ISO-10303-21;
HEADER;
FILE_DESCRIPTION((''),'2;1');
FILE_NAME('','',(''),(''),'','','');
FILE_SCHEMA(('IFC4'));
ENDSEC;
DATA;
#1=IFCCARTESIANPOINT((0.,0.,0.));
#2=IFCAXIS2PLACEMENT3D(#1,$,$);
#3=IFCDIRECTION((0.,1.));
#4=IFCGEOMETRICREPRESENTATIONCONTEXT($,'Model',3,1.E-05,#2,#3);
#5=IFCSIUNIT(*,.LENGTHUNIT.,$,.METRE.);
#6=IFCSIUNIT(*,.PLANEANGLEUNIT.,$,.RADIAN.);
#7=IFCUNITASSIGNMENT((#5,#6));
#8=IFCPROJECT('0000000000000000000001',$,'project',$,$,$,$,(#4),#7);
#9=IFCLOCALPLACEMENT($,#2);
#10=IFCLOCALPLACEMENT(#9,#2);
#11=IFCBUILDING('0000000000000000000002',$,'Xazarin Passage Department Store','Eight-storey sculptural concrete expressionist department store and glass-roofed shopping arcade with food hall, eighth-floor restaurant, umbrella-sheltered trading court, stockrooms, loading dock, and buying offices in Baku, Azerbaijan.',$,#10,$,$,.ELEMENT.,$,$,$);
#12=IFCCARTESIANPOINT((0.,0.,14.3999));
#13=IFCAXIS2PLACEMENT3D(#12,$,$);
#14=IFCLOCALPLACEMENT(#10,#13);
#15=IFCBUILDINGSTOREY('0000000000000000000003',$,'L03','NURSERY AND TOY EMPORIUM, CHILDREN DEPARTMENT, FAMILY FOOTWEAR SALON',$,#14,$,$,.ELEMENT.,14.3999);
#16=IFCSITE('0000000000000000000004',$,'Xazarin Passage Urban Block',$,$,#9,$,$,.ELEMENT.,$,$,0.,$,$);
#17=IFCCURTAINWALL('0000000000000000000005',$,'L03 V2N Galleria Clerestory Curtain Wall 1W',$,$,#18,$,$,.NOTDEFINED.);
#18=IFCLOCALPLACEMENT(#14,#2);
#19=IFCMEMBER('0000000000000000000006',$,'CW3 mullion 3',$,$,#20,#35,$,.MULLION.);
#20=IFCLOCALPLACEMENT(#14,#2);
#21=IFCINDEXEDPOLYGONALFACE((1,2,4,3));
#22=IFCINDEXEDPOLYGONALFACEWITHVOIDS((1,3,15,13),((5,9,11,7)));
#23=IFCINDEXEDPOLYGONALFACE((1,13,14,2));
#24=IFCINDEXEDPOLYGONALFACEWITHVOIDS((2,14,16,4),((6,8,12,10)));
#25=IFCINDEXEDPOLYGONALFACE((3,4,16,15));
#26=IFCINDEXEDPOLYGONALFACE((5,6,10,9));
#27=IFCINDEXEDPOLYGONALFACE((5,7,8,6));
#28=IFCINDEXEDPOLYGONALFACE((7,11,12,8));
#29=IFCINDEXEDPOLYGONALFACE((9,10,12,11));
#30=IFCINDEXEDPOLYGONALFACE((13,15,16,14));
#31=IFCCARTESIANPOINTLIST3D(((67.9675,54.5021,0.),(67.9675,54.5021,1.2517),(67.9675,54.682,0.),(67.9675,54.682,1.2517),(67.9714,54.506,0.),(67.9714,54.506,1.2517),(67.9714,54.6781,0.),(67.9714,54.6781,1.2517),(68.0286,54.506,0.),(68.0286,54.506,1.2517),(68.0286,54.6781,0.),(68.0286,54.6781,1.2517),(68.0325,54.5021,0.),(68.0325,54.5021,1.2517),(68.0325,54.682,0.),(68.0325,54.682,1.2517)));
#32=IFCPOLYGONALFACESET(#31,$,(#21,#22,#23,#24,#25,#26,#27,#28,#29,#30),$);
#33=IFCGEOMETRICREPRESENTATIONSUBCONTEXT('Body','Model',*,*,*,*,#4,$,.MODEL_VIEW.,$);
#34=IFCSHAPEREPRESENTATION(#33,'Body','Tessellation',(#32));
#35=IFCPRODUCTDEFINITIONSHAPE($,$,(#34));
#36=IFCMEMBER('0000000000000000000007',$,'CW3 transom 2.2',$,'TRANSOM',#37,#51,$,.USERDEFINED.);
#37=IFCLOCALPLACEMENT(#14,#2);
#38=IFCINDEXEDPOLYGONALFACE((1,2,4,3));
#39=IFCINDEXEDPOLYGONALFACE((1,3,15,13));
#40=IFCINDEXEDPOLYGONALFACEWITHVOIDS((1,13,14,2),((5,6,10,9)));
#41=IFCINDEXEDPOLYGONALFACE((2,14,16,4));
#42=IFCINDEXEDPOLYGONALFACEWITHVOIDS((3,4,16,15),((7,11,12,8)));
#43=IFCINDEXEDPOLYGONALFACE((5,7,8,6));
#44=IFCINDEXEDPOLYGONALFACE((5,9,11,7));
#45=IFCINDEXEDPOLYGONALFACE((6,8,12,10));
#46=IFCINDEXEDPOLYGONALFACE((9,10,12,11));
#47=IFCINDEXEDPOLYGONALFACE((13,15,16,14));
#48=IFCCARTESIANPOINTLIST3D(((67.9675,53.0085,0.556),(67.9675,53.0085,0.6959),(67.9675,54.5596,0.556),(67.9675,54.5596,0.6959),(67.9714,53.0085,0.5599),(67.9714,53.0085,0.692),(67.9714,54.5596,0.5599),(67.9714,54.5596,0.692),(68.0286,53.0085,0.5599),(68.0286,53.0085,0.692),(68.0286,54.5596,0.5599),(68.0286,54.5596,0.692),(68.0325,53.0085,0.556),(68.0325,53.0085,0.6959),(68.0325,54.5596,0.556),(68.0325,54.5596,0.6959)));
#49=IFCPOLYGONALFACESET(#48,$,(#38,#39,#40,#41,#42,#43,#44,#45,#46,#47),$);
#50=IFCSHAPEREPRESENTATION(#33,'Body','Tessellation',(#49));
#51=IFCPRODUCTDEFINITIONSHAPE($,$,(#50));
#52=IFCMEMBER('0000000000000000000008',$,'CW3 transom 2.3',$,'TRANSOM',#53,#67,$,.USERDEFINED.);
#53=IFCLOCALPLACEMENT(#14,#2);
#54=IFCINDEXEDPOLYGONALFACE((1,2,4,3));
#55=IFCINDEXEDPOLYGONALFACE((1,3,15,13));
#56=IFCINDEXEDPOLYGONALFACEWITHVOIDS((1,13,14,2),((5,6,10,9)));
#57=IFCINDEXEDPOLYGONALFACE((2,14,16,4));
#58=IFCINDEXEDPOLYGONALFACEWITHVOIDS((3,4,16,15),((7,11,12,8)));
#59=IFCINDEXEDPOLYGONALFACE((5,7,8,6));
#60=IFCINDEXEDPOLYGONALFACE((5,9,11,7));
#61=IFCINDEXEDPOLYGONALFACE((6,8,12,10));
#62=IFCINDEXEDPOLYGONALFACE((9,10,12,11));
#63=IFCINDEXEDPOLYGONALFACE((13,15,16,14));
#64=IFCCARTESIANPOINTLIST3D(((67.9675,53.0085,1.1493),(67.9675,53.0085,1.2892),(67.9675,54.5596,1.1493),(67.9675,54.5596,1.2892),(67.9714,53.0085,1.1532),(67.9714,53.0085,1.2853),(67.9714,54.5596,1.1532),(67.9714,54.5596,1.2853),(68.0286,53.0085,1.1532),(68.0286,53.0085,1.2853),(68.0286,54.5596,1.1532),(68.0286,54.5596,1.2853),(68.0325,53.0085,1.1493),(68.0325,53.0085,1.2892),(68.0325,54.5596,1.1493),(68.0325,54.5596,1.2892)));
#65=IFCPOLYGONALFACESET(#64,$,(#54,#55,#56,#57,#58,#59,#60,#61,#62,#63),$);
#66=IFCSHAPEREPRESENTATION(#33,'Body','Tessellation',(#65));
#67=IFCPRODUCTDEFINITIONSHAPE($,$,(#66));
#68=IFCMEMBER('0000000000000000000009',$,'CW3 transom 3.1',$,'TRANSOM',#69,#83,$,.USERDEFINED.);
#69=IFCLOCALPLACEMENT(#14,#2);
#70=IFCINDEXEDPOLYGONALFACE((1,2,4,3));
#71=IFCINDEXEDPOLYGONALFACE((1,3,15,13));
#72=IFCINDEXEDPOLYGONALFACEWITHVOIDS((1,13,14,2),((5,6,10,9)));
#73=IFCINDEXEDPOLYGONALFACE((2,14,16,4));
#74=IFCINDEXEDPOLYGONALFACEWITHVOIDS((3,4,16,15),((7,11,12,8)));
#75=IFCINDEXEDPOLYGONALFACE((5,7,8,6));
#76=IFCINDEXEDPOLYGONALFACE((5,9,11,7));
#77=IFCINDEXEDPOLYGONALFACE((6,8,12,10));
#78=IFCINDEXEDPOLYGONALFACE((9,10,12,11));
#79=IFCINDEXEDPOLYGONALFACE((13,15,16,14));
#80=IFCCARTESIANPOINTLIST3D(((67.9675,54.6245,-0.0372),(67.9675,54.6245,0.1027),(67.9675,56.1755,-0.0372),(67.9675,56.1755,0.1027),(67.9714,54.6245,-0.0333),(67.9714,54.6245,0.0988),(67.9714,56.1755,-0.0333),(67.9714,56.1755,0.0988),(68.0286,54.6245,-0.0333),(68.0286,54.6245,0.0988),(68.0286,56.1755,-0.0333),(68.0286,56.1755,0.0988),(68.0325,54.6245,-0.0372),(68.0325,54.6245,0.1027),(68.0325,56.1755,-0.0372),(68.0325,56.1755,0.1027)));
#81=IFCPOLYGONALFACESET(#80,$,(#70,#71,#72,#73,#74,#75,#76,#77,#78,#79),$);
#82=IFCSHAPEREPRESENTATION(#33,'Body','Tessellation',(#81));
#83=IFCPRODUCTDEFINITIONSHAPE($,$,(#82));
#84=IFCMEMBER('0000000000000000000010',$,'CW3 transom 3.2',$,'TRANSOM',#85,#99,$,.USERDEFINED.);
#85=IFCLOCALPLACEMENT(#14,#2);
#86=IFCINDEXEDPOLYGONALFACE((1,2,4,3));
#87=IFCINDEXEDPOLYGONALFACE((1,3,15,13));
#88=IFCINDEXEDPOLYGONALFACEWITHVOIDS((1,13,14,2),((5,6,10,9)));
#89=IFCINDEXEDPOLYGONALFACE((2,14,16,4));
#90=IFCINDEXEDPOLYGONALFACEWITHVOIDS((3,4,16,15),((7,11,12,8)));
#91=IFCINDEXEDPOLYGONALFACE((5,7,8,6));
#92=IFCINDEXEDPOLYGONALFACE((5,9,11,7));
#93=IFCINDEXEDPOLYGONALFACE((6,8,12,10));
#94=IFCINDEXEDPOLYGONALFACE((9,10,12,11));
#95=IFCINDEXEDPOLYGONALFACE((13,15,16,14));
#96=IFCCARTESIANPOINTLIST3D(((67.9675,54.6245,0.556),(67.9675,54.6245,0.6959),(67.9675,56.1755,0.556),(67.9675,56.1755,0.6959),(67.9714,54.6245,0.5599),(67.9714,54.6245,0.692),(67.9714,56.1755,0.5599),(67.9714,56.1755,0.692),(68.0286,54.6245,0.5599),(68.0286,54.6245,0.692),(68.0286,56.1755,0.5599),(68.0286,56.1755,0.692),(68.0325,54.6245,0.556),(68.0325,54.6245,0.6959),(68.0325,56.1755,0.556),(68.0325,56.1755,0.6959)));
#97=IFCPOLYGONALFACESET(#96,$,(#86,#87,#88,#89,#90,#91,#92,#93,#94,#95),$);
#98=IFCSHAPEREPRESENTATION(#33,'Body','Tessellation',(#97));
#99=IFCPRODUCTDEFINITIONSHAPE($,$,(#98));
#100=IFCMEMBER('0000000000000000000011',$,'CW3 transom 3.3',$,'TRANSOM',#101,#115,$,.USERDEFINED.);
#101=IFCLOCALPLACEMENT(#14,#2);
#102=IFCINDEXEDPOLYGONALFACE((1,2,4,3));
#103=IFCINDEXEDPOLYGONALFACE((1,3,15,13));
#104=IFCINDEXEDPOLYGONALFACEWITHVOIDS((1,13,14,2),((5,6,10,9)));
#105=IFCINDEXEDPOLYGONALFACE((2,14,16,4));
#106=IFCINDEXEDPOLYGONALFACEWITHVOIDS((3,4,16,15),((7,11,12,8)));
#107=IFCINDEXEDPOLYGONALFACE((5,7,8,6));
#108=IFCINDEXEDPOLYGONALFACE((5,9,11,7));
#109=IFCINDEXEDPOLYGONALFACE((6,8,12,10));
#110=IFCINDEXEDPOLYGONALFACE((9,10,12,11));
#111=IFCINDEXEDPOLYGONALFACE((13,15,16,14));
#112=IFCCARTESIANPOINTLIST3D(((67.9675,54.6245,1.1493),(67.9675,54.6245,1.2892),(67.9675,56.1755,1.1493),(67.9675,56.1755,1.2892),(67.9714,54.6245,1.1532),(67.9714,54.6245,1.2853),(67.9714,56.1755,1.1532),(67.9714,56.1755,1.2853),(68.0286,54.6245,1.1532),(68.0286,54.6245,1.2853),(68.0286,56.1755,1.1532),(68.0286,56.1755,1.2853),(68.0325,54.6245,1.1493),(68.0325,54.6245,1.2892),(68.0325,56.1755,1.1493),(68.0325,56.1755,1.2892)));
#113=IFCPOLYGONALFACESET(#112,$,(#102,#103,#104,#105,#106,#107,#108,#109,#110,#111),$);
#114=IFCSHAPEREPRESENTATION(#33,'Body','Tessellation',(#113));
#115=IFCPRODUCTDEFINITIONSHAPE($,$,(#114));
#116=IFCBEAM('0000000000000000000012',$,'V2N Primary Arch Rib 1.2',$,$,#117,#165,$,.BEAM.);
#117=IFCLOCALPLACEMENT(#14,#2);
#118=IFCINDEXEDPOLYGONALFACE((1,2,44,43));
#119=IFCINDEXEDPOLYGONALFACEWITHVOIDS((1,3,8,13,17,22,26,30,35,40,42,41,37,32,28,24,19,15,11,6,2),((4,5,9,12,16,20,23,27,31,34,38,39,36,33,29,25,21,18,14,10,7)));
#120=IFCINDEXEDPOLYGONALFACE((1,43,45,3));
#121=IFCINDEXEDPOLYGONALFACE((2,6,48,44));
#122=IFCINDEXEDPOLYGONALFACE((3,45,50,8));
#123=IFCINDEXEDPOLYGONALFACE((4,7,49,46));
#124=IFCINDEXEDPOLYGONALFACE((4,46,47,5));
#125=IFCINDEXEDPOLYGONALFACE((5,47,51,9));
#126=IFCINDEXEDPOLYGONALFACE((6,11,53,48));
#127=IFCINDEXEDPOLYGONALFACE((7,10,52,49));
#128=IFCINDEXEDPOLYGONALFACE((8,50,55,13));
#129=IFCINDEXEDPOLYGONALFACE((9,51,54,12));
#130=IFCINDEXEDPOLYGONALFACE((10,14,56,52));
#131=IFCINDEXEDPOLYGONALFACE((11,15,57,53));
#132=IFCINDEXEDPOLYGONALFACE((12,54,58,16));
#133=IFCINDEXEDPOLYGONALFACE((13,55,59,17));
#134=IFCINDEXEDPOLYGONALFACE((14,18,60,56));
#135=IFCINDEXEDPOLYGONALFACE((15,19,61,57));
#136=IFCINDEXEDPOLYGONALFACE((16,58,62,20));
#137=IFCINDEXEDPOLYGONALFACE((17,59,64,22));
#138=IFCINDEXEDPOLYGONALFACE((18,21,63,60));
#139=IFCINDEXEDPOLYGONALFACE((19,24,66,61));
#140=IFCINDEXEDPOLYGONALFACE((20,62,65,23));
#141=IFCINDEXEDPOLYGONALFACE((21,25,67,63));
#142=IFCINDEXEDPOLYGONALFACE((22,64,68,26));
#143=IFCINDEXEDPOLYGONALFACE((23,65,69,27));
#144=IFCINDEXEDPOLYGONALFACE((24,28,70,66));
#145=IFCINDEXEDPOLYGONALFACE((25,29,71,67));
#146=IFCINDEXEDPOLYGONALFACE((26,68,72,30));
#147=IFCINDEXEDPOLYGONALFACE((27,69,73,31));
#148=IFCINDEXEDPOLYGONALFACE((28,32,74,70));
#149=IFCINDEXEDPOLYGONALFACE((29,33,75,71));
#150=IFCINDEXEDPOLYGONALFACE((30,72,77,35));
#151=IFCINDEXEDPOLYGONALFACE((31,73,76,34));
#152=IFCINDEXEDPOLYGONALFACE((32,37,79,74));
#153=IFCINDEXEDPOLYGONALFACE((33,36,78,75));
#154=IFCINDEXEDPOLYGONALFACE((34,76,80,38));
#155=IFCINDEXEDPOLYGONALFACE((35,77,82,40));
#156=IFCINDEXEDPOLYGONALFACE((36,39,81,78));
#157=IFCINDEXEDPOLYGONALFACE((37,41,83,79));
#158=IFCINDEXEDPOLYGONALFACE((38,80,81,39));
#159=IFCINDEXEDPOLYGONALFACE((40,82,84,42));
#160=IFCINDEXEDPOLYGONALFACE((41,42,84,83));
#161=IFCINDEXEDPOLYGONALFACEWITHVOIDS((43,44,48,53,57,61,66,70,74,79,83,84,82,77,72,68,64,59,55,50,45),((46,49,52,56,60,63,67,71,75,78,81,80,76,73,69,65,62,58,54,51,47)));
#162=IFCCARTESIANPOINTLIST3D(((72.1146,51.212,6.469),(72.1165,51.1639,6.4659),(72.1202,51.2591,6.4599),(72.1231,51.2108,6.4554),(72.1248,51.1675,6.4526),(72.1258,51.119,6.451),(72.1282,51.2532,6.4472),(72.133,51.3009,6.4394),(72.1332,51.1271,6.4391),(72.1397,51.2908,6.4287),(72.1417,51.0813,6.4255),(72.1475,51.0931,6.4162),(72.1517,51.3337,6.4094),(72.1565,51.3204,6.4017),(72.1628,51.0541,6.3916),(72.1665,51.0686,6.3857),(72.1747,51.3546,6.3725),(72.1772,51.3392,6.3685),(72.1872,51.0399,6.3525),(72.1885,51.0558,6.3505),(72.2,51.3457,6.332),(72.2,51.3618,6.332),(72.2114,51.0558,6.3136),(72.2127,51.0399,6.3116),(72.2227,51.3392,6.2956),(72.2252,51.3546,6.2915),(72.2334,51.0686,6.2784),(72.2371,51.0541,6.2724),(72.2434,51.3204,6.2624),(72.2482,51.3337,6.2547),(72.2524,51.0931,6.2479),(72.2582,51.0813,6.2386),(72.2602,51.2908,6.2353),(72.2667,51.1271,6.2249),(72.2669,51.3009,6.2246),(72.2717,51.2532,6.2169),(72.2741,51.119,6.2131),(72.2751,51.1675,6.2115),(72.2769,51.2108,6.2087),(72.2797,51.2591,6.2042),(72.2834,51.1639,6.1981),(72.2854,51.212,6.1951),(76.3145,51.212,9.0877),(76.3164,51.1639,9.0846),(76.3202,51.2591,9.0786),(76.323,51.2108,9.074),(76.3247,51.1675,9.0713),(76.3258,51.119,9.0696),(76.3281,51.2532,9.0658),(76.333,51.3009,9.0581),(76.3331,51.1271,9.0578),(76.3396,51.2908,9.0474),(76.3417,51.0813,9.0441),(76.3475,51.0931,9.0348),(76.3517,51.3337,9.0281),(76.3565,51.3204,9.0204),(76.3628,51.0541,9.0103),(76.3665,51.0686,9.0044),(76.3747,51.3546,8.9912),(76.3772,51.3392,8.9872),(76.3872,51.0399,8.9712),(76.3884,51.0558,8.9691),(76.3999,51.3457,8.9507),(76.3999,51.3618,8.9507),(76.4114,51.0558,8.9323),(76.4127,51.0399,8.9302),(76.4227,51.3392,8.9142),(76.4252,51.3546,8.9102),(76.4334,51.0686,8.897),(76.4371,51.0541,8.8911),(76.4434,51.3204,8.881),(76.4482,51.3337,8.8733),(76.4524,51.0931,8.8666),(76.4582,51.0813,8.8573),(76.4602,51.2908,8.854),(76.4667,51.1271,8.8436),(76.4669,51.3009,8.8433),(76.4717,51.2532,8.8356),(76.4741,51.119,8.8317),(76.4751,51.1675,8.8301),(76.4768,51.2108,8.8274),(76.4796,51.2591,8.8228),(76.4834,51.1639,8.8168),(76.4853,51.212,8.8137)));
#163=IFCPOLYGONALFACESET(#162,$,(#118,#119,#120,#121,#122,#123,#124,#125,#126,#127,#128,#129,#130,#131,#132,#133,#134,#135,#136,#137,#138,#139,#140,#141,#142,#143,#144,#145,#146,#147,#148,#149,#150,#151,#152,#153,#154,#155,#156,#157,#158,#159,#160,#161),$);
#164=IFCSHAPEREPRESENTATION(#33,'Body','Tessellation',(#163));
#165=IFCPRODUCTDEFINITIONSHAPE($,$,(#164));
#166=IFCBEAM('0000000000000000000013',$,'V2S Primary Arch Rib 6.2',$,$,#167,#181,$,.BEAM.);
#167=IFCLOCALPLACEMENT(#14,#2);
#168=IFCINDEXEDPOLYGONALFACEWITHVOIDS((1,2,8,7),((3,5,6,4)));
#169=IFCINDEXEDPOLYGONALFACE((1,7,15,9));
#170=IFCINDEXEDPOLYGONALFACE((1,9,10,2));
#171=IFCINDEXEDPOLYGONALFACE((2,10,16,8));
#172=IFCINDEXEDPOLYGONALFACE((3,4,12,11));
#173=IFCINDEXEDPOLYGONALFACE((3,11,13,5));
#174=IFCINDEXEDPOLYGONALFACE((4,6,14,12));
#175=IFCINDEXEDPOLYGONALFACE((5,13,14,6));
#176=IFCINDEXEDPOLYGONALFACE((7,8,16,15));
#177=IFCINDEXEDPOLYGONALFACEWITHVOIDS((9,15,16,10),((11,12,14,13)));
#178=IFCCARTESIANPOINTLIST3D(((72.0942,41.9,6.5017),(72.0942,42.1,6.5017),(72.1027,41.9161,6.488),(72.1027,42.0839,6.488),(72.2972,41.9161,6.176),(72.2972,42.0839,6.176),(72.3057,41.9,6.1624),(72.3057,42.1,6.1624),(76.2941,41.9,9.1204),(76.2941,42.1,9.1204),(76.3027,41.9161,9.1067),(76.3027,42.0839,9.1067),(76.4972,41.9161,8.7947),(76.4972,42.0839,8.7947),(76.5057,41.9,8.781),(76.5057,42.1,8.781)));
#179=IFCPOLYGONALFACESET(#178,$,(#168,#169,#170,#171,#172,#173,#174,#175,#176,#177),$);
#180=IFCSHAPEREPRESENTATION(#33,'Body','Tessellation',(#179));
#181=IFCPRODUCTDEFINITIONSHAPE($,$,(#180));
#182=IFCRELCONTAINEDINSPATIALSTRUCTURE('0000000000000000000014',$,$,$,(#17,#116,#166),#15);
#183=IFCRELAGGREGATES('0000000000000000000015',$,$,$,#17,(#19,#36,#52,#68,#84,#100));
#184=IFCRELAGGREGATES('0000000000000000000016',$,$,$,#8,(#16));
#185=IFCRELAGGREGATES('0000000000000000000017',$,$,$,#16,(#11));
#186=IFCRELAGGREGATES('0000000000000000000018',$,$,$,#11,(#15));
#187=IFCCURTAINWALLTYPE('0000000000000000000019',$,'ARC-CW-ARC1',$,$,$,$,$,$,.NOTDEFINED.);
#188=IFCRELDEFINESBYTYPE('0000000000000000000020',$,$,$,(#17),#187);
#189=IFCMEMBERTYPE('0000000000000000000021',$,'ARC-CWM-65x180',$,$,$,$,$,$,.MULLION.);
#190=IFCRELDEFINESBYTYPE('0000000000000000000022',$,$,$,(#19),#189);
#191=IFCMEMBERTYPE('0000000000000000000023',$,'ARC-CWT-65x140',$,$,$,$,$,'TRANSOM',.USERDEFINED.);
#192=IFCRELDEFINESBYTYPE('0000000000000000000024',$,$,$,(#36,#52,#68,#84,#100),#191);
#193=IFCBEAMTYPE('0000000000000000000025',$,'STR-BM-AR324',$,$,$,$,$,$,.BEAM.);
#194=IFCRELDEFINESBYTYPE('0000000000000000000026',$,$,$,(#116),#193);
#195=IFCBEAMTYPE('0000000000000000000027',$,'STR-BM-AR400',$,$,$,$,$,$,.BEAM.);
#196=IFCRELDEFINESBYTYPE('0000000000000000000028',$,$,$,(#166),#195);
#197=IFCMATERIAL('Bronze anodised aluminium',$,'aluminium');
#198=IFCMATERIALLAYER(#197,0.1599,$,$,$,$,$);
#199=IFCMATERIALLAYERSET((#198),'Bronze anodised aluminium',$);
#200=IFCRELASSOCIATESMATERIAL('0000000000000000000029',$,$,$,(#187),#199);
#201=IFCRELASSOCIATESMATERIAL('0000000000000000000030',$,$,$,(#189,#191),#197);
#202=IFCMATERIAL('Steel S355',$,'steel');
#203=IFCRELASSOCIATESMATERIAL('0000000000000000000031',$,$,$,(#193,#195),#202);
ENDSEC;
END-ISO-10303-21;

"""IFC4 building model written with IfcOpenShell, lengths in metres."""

from ifc_helpers import new_model, si_unit, direction, frame, origin, origin_2d, place, context, subcontext, project, spatial, hollow_rectangle, hollow_circle, extrude, material, layer, layer_set, material_profile, profile_set, type_object, element, aggregate, save


model = new_model("IFC4")

# Units and contexts
model_context = context("Model", 3, precision=1e-05, world=origin(), true_north=direction((0.0, 1.0)))
body_context = subcontext(model_context, "Body", "Model", "MODEL_VIEW")
ifc_project = project(units=[si_unit("LENGTHUNIT", "METRE"), si_unit("PLANEANGLEUNIT", "RADIAN")], contexts=[model_context])

# Site, building, storey
site_placement = place(None, origin())
site = spatial("IfcSite", under=ifc_project, at=site_placement, Name="Xazarin Passage Urban Block", CompositionType="ELEMENT", RefElevation=0.0)
building_placement = place(site_placement, origin())
building = spatial("IfcBuilding", under=site, at=building_placement, Name="Xazarin Passage Department Store", Description="Eight-storey sculptural concrete expressionist department store and glass-roofed shopping arcade with food hall, eighth-floor restaurant, umbrella-sheltered trading court, stockrooms, loading dock, and buying offices in Baku, Azerbaijan.", CompositionType="ELEMENT")
storey_placement = place(building_placement, frame((0.0, 0.0, 14.3999)))
storey = spatial("IfcBuildingStorey", under=building, at=storey_placement, Name="L03", Description="NURSERY AND TOY EMPORIUM, CHILDREN DEPARTMENT, FAMILY FOOTWEAR SALON", CompositionType="ELEMENT", Elevation=14.3999)

# Curtain wall, members
ifc_material_1 = material(Name="Bronze anodised aluminium", Category="aluminium")
ifc_layer_1 = layer(ifc_material_1, 0.1599)
ifc_layer_set_1 = layer_set([ifc_layer_1], Name="Bronze anodised aluminium")
curtain_wall_type = type_object("IfcCurtainWallType", Name="ARC-CW-ARC1", PredefinedType="NOTDEFINED", material=ifc_layer_set_1)
curtain_wall_placement = place(storey_placement, origin())
curtain_wall = element("IfcCurtainWall", 1, at=curtain_wall_placement, inside=storey, type_object=curtain_wall_type, Name="L03 V2N Galleria Clerestory Curtain Wall 1W", PredefinedType="NOTDEFINED")
ifc_material_profile_1 = material_profile(ifc_material_1, hollow_rectangle(XDim=0.0649, YDim=0.1799, WallThickness=0.0039, at=origin_2d()), Name="ALU 65x180")
ifc_profile_set_1 = profile_set([ifc_material_profile_1], Name="Bronze anodised aluminium")
member_type_1 = type_object("IfcMemberType", Name="ARC-CWM-65x180", PredefinedType="MULLION", material=ifc_profile_set_1)
member_1_placement = place(storey_placement, frame((68.0, 54.592, 0.0), z_axis=(0.0, 0.0, 1.0), x_axis=(-1.0, 0.0, 0.0)))
member_1 = element("IfcMember", 2, at=member_1_placement, type_object=member_type_1, Name="CW3 mullion 3", PredefinedType="MULLION", context=body_context, shape_type="SweptSolid", body=[
    extrude(hollow_rectangle(XDim=0.0649, YDim=0.1799, WallThickness=0.0039, at=origin_2d()), origin(), (0.0, 0.0, 1.0), 1.2517),
])
ifc_material_profile_2 = material_profile(ifc_material_1, hollow_rectangle(XDim=0.0649, YDim=0.1399, WallThickness=0.0039, at=origin_2d()), Name="ALU 65x140")
ifc_profile_set_2 = profile_set([ifc_material_profile_2], Name="Bronze anodised aluminium")
member_type_2 = type_object("IfcMemberType", Name="ARC-CWT-65x140", ElementType="TRANSOM", PredefinedType="USERDEFINED", material=ifc_profile_set_2)
member_2_placement = place(storey_placement, frame((68.0, 53.0085, 0.626), z_axis=(0.0, 1.0, 0.0), x_axis=(-1.0, 0.0, 0.0)))
member_2 = element("IfcMember", 3, at=member_2_placement, type_object=member_type_2, Name="CW3 transom 2.2", ObjectType="TRANSOM", PredefinedType="USERDEFINED", context=body_context, shape_type="SweptSolid", body=[
    extrude(hollow_rectangle(XDim=0.0649, YDim=0.1399, WallThickness=0.0039, at=origin_2d()), origin(), (0.0, 0.0, 1.0), 1.551),
])
member_3_placement = place(storey_placement, frame((68.0, 53.0085, 1.2192), z_axis=(0.0, 1.0, 0.0), x_axis=(-1.0, 0.0, 0.0)))
member_3 = element("IfcMember", 4, at=member_3_placement, type_object=member_type_2, Name="CW3 transom 2.3", ObjectType="TRANSOM", PredefinedType="USERDEFINED", context=body_context, shape_type="SweptSolid", body=[
    extrude(hollow_rectangle(XDim=0.0649, YDim=0.1399, WallThickness=0.0039, at=origin_2d()), origin(), (0.0, 0.0, 1.0), 1.551),
])
member_4_placement = place(storey_placement, frame((68.0, 54.6245, 0.0327), z_axis=(0.0, 1.0, 0.0), x_axis=(-1.0, 0.0, 0.0)))
member_4 = element("IfcMember", 5, at=member_4_placement, type_object=member_type_2, Name="CW3 transom 3.1", ObjectType="TRANSOM", PredefinedType="USERDEFINED", context=body_context, shape_type="SweptSolid", body=[
    extrude(hollow_rectangle(XDim=0.0649, YDim=0.1399, WallThickness=0.0039, at=origin_2d()), origin(), (0.0, 0.0, 1.0), 1.551),
])
member_5_placement = place(storey_placement, frame((68.0, 54.6245, 0.626), z_axis=(0.0, 1.0, 0.0), x_axis=(-1.0, 0.0, 0.0)))
member_5 = element("IfcMember", 6, at=member_5_placement, type_object=member_type_2, Name="CW3 transom 3.2", ObjectType="TRANSOM", PredefinedType="USERDEFINED", context=body_context, shape_type="SweptSolid", body=[
    extrude(hollow_rectangle(XDim=0.0649, YDim=0.1399, WallThickness=0.0039, at=origin_2d()), origin(), (0.0, 0.0, 1.0), 1.551),
])
member_6_placement = place(storey_placement, frame((68.0, 54.6245, 1.2192), z_axis=(0.0, 1.0, 0.0), x_axis=(-1.0, 0.0, 0.0)))
member_6 = element("IfcMember", 7, at=member_6_placement, type_object=member_type_2, Name="CW3 transom 3.3", ObjectType="TRANSOM", PredefinedType="USERDEFINED", context=body_context, shape_type="SweptSolid", body=[
    extrude(hollow_rectangle(XDim=0.0649, YDim=0.1399, WallThickness=0.0039, at=origin_2d()), origin(), (0.0, 0.0, 1.0), 1.551),
])

# Beams
ifc_material_2 = material(Name="Steel S355", Category="steel")
ifc_material_profile_3 = material_profile(ifc_material_2, hollow_circle(Radius=0.1619, WallThickness=0.0161, at=origin_2d()), Name="CHS 323.9x16")
ifc_profile_set_3 = profile_set([ifc_material_profile_3], Name="Steel S355")
beam_type_1 = type_object("IfcBeamType", Name="STR-BM-AR324", PredefinedType="BEAM", material=ifc_profile_set_3)
beam_placement = place(storey_placement, frame((72.2, 51.2, 6.332), z_axis=(0.848571, 0.0, 0.529081), x_axis=(0.0, 1.0, 0.0)))
element("IfcBeam", 8, at=beam_placement, inside=storey, type_object=beam_type_1, Name="V2N Primary Arch Rib 1.2", PredefinedType="BEAM", context=body_context, shape_type="SweptSolid", body=[
    extrude(hollow_circle(Radius=0.1619, WallThickness=0.0161, at=origin_2d()), origin(), (0.0, 0.0, 1.0), 4.9495),
])
ifc_material_profile_4 = material_profile(ifc_material_2, hollow_rectangle(XDim=0.2, YDim=0.3999, WallThickness=0.0161, at=origin_2d()), Name="RHS 400x200x16")
ifc_profile_set_4 = profile_set([ifc_material_profile_4], Name="Steel S355")
beam_type_2 = type_object("IfcBeamType", Name="STR-BM-AR400", PredefinedType="BEAM", material=ifc_profile_set_4)
for number, where, z_axis, x_axis, name in (
    (9, (72.2, 42.0, 6.332), (0.848571, 0.0, 0.529081), (0.0, 1.0, 0.0), "V2S Primary Arch Rib 6.2"),
):
    element("IfcBeam", number, at=place(storey_placement, frame(where, z_axis=z_axis, x_axis=x_axis)), inside=storey, type_object=beam_type_2, Name=name, PredefinedType="BEAM", context=body_context, shape_type="SweptSolid", body=[
        extrude(hollow_rectangle(XDim=0.2, YDim=0.3999, WallThickness=0.0161, at=origin_2d()), origin(), (0.0, 0.0, 1.0), 4.9495),
    ])

aggregate(curtain_wall, [member_1, member_2, member_3, member_4, member_5, member_6])

save(model, "model.ifc")
